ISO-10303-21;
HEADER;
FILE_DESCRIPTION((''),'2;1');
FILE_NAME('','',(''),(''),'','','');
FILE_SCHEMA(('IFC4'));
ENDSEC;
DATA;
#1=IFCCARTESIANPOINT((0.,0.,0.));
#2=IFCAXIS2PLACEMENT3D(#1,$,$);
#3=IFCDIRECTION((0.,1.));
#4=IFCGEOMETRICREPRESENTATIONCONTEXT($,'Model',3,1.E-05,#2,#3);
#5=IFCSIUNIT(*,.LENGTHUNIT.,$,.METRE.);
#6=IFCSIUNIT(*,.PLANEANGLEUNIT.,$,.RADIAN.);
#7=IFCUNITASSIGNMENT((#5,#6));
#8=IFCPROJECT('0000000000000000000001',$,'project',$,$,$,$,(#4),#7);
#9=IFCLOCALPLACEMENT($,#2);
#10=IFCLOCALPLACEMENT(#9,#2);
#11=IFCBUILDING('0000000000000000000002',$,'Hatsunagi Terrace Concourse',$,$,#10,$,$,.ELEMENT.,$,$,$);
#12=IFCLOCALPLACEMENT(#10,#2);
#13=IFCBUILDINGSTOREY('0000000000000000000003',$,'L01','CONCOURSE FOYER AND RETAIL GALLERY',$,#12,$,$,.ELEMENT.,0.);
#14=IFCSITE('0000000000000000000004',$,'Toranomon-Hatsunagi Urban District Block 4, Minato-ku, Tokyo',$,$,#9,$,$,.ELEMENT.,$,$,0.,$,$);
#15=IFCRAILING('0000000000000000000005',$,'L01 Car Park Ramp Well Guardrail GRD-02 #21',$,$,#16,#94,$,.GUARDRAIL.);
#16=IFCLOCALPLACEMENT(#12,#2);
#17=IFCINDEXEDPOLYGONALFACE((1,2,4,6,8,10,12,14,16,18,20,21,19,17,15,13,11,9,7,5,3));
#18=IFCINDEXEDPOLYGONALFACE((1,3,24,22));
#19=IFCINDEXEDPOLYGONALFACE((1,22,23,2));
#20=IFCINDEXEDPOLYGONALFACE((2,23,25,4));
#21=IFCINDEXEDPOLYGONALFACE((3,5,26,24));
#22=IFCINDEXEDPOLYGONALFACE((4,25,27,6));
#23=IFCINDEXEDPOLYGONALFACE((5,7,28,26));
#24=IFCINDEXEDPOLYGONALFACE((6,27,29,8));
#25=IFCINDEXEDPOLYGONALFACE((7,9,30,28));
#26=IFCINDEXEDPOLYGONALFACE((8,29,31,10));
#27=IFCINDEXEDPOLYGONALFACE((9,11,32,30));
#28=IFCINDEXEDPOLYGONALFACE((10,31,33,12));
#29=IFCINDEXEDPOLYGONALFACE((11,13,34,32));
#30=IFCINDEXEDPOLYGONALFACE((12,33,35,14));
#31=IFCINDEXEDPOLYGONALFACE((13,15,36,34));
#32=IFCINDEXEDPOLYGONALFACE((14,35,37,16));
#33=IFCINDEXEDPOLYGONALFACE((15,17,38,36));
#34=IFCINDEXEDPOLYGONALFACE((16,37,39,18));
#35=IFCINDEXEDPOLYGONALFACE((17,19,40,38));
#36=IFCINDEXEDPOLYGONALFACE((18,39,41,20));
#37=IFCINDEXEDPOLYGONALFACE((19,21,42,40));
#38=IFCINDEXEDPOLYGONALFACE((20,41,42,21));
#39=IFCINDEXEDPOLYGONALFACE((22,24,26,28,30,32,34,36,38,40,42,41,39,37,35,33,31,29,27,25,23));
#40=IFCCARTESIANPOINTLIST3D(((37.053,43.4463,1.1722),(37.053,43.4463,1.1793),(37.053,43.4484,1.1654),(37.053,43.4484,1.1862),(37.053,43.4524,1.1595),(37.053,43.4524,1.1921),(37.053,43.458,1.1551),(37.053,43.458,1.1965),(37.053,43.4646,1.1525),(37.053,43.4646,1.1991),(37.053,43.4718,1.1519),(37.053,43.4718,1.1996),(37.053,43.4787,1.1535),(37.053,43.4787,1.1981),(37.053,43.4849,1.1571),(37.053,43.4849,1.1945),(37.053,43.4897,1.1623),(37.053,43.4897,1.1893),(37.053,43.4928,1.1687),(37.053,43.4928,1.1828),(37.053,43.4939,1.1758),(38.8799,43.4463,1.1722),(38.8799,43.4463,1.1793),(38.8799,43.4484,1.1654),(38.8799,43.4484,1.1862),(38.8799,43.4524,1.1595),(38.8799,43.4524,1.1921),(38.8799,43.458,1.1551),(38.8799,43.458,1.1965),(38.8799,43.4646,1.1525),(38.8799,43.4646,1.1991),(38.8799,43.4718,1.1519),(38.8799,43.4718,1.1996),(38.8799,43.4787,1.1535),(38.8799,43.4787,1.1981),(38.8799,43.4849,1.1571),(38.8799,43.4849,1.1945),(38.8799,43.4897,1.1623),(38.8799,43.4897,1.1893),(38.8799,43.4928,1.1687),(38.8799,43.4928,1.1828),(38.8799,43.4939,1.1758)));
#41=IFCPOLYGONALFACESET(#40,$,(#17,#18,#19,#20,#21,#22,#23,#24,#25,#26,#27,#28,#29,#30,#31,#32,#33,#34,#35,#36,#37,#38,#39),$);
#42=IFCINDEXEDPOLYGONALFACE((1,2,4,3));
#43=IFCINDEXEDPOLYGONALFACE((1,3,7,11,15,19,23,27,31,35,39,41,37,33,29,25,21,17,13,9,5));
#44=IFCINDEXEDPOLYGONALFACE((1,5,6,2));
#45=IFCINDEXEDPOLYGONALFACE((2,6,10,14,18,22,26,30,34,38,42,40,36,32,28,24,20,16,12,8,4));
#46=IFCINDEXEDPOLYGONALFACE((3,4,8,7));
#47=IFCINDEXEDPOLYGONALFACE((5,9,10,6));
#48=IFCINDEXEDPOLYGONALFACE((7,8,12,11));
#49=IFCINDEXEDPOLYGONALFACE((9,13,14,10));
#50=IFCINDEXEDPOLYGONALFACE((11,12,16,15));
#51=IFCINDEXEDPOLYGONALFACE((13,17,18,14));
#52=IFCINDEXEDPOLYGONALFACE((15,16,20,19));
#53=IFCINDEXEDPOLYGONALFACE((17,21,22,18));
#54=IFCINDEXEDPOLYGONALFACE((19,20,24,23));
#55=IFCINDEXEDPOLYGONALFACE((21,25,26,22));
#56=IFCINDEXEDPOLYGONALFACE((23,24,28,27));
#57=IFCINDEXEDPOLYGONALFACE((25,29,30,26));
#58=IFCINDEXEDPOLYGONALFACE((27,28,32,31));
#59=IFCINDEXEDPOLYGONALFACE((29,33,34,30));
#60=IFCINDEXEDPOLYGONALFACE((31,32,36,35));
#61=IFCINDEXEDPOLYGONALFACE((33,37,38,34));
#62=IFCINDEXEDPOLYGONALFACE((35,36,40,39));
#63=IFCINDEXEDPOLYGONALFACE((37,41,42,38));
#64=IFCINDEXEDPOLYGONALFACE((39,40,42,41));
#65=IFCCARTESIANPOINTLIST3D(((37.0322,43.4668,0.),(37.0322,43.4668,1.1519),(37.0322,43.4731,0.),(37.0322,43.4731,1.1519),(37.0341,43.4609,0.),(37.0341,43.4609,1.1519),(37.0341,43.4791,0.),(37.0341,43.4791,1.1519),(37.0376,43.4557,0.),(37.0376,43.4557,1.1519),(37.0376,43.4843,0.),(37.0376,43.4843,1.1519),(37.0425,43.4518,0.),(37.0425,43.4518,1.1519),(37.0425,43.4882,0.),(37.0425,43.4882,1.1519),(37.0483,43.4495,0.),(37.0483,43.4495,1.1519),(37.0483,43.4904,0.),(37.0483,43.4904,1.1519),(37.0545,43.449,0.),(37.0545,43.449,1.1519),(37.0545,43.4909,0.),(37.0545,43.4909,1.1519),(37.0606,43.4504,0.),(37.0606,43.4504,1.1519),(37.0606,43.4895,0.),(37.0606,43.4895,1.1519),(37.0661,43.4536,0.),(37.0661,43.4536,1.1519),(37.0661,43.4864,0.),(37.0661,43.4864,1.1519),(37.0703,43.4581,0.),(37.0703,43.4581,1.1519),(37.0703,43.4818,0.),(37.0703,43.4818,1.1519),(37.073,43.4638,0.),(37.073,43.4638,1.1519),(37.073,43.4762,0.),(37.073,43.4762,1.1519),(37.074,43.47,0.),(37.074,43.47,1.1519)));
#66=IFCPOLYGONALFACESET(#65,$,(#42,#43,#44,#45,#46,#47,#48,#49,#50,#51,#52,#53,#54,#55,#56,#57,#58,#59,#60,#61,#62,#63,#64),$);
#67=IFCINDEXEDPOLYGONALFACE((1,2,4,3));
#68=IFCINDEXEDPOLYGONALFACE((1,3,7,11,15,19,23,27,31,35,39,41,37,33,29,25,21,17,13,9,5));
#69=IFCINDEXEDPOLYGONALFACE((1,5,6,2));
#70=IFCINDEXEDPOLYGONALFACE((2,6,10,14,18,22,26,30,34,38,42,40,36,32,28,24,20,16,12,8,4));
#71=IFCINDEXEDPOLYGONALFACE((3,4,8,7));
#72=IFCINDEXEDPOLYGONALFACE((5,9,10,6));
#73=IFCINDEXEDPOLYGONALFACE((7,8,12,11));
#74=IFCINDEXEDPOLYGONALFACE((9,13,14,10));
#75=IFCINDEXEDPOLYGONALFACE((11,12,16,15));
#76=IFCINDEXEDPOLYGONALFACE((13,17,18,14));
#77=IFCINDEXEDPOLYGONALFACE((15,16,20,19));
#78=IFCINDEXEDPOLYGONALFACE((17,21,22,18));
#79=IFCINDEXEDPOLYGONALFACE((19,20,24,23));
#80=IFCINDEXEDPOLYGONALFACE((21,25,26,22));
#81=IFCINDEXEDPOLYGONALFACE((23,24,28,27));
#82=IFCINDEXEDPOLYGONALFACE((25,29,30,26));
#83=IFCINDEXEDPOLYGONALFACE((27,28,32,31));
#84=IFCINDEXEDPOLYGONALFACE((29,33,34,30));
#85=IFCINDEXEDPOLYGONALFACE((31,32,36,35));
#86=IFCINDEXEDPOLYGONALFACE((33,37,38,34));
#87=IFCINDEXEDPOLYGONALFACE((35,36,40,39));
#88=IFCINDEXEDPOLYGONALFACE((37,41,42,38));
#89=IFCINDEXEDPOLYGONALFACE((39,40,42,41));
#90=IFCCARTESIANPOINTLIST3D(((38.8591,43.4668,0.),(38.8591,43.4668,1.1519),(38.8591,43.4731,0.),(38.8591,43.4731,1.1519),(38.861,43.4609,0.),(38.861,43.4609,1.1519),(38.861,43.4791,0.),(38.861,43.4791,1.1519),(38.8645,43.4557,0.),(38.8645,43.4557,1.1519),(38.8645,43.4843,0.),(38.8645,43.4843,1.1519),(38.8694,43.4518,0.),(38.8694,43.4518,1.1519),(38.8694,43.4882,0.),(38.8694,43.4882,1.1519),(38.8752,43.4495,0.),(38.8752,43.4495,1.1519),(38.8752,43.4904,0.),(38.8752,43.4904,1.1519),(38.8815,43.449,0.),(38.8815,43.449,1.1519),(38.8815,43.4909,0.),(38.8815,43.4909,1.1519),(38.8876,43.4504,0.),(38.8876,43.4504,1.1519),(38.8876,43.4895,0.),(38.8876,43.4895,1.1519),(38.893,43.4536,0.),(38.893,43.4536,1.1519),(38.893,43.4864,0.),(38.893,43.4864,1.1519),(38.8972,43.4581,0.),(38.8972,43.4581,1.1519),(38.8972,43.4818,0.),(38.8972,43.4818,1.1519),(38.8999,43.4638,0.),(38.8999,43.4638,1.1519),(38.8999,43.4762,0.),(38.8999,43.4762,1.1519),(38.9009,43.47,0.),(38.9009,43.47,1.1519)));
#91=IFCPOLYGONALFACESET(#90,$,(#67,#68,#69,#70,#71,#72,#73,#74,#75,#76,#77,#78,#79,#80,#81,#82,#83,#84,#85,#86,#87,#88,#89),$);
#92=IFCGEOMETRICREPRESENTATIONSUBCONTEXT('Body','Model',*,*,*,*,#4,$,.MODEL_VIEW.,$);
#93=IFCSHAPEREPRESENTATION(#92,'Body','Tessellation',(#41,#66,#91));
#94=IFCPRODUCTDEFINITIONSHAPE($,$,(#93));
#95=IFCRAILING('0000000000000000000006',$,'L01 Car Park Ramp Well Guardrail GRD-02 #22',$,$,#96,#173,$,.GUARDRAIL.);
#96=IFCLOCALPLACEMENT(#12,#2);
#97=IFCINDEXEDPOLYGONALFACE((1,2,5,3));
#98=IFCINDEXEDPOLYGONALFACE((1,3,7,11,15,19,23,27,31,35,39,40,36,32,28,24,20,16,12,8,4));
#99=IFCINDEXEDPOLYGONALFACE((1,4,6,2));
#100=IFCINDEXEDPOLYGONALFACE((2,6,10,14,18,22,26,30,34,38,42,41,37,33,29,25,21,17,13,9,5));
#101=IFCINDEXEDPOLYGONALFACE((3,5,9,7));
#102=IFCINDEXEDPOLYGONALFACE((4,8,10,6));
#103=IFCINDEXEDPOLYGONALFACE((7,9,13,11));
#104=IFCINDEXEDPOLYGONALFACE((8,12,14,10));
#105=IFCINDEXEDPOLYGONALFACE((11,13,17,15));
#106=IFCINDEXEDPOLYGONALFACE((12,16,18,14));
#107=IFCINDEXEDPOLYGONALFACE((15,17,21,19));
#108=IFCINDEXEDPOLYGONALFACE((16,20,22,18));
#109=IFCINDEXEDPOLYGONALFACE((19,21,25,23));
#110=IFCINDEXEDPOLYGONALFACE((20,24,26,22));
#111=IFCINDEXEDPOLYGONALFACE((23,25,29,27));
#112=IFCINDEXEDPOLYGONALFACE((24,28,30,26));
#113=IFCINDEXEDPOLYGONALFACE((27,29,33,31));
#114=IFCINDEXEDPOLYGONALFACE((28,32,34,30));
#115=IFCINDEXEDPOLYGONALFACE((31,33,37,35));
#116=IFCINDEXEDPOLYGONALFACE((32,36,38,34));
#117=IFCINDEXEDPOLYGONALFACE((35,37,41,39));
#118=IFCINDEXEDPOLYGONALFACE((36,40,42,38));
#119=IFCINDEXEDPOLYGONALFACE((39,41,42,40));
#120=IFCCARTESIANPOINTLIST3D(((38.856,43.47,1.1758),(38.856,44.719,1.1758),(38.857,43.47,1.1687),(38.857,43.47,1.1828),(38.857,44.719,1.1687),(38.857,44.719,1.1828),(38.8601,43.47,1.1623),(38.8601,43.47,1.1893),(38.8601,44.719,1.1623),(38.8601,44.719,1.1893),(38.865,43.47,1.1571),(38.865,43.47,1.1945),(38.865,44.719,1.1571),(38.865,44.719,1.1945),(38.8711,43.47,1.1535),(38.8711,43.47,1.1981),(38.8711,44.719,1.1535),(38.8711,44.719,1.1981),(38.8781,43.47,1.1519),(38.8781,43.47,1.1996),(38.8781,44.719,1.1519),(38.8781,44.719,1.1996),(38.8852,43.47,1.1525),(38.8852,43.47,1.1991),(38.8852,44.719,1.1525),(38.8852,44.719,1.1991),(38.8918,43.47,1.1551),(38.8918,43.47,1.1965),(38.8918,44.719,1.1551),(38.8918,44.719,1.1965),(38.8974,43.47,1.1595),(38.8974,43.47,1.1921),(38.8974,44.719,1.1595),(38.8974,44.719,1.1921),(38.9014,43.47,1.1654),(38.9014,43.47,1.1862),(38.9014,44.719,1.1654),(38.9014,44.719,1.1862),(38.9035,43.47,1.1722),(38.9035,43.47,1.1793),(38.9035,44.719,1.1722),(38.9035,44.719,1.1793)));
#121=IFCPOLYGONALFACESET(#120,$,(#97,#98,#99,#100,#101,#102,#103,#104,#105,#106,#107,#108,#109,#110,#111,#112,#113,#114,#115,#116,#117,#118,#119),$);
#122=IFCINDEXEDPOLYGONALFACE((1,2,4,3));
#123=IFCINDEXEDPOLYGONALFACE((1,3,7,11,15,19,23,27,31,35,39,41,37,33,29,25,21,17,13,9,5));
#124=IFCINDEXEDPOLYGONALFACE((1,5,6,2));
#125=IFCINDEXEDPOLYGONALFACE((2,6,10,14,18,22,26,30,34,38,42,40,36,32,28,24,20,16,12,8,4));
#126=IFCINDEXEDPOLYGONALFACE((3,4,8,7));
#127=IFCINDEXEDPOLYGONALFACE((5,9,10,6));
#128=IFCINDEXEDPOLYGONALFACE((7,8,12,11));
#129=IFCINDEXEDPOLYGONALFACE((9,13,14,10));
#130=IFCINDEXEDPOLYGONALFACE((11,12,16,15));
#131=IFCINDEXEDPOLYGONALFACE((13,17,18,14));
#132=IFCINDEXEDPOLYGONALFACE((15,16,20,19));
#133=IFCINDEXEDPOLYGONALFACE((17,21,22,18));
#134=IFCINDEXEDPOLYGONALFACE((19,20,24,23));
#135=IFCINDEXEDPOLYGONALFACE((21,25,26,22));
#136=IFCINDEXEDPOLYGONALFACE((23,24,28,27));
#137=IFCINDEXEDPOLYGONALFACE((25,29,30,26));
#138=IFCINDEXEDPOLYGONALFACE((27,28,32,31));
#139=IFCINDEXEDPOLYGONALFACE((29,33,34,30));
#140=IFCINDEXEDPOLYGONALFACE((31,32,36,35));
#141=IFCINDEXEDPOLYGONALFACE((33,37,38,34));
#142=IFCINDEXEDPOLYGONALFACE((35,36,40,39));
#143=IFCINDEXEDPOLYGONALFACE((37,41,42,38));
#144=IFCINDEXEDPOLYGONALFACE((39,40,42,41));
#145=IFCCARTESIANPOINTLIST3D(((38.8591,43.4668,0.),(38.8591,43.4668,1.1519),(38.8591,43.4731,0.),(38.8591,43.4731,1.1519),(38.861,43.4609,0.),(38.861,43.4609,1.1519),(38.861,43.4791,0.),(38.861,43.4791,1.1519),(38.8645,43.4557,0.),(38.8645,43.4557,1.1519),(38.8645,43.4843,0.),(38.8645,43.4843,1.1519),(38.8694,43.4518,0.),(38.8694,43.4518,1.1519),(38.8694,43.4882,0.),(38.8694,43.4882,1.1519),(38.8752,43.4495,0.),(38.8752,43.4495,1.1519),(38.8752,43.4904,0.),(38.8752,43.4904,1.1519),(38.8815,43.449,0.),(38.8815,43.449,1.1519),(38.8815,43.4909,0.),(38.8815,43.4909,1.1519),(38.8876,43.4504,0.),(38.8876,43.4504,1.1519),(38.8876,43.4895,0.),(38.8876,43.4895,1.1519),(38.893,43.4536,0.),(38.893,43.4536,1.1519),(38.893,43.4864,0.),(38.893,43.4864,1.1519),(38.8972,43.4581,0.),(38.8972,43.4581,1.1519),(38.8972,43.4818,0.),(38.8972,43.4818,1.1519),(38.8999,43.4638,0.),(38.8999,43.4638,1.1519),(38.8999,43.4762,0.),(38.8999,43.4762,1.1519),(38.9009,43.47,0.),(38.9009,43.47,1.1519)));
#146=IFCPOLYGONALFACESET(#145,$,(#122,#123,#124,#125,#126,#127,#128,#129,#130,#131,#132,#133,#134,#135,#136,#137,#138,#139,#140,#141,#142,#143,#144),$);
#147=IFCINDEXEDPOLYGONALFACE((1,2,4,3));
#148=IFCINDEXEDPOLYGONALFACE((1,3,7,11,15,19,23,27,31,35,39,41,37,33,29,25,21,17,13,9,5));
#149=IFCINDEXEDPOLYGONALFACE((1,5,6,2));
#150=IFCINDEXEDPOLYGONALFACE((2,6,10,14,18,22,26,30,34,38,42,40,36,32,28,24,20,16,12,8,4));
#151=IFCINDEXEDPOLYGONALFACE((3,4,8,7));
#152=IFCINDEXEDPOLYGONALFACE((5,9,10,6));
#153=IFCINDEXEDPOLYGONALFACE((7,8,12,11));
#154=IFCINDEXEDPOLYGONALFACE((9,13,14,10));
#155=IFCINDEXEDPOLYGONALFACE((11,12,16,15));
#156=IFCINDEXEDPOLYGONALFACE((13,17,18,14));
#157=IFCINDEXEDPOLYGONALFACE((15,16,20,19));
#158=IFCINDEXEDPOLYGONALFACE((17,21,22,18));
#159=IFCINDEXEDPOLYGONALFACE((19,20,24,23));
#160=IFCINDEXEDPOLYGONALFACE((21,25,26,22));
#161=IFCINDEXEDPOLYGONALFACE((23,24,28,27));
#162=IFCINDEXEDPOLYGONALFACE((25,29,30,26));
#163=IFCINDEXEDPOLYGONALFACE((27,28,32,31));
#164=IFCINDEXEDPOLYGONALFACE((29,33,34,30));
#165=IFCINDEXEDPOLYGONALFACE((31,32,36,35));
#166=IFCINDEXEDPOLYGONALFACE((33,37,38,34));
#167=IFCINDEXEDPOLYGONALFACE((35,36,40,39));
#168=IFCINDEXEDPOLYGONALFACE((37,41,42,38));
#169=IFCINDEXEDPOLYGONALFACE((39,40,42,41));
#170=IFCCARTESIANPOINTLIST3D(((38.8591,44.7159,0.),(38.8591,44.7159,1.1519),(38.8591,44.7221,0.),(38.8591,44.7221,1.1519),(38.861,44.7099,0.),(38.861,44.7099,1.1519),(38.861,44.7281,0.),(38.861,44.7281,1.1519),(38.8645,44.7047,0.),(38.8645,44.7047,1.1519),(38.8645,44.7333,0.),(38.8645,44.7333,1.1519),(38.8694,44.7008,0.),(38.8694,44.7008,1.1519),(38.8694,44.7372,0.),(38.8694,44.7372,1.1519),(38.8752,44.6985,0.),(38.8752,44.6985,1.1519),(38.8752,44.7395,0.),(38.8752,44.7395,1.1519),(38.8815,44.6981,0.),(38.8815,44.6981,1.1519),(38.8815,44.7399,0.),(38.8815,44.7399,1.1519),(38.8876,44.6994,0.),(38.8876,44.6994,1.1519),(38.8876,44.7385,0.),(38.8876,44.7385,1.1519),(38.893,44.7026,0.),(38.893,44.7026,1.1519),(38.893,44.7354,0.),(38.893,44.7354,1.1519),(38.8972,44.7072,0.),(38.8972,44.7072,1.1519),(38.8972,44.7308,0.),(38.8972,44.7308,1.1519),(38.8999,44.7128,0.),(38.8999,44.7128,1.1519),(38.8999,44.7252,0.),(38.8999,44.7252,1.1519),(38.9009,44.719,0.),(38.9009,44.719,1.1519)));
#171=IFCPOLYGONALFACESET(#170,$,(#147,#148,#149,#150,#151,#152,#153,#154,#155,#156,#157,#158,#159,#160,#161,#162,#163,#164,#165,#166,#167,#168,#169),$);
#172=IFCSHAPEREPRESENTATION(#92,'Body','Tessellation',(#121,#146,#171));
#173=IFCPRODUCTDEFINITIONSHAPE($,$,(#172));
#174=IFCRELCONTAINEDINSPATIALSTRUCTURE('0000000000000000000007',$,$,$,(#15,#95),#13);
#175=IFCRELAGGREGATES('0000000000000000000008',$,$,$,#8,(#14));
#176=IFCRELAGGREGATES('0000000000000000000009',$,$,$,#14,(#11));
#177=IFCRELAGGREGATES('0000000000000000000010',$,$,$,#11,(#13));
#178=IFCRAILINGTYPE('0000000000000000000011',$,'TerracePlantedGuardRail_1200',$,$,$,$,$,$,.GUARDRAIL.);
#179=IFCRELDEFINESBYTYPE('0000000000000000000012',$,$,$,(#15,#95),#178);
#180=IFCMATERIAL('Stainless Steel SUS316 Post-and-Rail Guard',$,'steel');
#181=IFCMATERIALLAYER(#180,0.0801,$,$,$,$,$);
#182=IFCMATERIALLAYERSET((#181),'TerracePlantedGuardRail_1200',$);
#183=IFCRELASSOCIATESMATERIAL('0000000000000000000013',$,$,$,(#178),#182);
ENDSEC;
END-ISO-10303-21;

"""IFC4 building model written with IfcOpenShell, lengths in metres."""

from ifc_helpers import new_model, si_unit, direction, frame, origin, origin_2d, place, context, subcontext, project, spatial, circle, extrude, material, layer, layer_set, type_object, element, save


model = new_model("IFC4")

# Units and contexts
model_context = context("Model", 3, precision=1e-05, world=origin(), true_north=direction((0.0, 1.0)))
body_context = subcontext(model_context, "Body", "Model", "MODEL_VIEW")
ifc_project = project(units=[si_unit("LENGTHUNIT", "METRE"), si_unit("PLANEANGLEUNIT", "RADIAN")], contexts=[model_context])

# Site, building, storey
site_placement = place(None, origin())
site = spatial("IfcSite", under=ifc_project, at=site_placement, Name="Toranomon-Hatsunagi Urban District Block 4, Minato-ku, Tokyo", CompositionType="ELEMENT", RefElevation=0.0)
building_placement = place(site_placement, origin())
building = spatial("IfcBuilding", under=site, at=building_placement, Name="Hatsunagi Terrace Concourse", CompositionType="ELEMENT")
storey_placement = place(building_placement, origin())
storey = spatial("IfcBuildingStorey", under=building, at=storey_placement, Name="L01", Description="CONCOURSE FOYER AND RETAIL GALLERY", CompositionType="ELEMENT", Elevation=0.0)

# Railings
ifc_material_1 = material(Name="Stainless Steel SUS316 Post-and-Rail Guard", Category="steel")
ifc_layer_1 = layer(ifc_material_1, 0.0801)
ifc_layer_set_1 = layer_set([ifc_layer_1], Name="TerracePlantedGuardRail_1200")
railing_type = type_object("IfcRailingType", Name="TerracePlantedGuardRail_1200", PredefinedType="GUARDRAIL", material=ifc_layer_set_1)
railing_1_placement = place(storey_placement, frame((37.053, 43.47, 0.0)))
element("IfcRailing", 1, at=railing_1_placement, inside=storey, type_object=railing_type, Name="L01 Car Park Ramp Well Guardrail GRD-02 #21", PredefinedType="GUARDRAIL", context=body_context, shape_type="SweptSolid", body=[
    extrude(circle(Radius=0.0239, at=origin_2d()), frame((0.0, 0.0, 1.1758), z_axis=(1.0, 0.0, 0.0), x_axis=(0.0, 1.0, 0.0)), (0.0, 0.0, 1.0), 1.8269),
    extrude(circle(Radius=0.021, at=origin_2d()), origin(), (0.0, 0.0, 1.0), 1.1519),
    extrude(circle(Radius=0.021, at=origin_2d()), frame((1.8269, 0.0, 0.0)), (0.0, 0.0, 1.0), 1.1519),
])
railing_2_placement = place(storey_placement, frame((38.8799, 43.47, 0.0)))
element("IfcRailing", 2, at=railing_2_placement, inside=storey, type_object=railing_type, Name="L01 Car Park Ramp Well Guardrail GRD-02 #22", PredefinedType="GUARDRAIL", context=body_context, shape_type="SweptSolid", body=[
    extrude(circle(Radius=0.0239, at=origin_2d()), frame((0.0, 0.0, 1.1758), z_axis=(0.0, 1.0, 0.0), x_axis=(-1.0, 0.0, 0.0)), (0.0, 0.0, 1.0), 1.249),
    extrude(circle(Radius=0.021, at=origin_2d()), origin(), (0.0, 0.0, 1.0), 1.1519),
    extrude(circle(Radius=0.021, at=origin_2d()), frame((0.0, 1.249, 0.0)), (0.0, 0.0, 1.0), 1.1519),
])

save(model, "model.ifc")
